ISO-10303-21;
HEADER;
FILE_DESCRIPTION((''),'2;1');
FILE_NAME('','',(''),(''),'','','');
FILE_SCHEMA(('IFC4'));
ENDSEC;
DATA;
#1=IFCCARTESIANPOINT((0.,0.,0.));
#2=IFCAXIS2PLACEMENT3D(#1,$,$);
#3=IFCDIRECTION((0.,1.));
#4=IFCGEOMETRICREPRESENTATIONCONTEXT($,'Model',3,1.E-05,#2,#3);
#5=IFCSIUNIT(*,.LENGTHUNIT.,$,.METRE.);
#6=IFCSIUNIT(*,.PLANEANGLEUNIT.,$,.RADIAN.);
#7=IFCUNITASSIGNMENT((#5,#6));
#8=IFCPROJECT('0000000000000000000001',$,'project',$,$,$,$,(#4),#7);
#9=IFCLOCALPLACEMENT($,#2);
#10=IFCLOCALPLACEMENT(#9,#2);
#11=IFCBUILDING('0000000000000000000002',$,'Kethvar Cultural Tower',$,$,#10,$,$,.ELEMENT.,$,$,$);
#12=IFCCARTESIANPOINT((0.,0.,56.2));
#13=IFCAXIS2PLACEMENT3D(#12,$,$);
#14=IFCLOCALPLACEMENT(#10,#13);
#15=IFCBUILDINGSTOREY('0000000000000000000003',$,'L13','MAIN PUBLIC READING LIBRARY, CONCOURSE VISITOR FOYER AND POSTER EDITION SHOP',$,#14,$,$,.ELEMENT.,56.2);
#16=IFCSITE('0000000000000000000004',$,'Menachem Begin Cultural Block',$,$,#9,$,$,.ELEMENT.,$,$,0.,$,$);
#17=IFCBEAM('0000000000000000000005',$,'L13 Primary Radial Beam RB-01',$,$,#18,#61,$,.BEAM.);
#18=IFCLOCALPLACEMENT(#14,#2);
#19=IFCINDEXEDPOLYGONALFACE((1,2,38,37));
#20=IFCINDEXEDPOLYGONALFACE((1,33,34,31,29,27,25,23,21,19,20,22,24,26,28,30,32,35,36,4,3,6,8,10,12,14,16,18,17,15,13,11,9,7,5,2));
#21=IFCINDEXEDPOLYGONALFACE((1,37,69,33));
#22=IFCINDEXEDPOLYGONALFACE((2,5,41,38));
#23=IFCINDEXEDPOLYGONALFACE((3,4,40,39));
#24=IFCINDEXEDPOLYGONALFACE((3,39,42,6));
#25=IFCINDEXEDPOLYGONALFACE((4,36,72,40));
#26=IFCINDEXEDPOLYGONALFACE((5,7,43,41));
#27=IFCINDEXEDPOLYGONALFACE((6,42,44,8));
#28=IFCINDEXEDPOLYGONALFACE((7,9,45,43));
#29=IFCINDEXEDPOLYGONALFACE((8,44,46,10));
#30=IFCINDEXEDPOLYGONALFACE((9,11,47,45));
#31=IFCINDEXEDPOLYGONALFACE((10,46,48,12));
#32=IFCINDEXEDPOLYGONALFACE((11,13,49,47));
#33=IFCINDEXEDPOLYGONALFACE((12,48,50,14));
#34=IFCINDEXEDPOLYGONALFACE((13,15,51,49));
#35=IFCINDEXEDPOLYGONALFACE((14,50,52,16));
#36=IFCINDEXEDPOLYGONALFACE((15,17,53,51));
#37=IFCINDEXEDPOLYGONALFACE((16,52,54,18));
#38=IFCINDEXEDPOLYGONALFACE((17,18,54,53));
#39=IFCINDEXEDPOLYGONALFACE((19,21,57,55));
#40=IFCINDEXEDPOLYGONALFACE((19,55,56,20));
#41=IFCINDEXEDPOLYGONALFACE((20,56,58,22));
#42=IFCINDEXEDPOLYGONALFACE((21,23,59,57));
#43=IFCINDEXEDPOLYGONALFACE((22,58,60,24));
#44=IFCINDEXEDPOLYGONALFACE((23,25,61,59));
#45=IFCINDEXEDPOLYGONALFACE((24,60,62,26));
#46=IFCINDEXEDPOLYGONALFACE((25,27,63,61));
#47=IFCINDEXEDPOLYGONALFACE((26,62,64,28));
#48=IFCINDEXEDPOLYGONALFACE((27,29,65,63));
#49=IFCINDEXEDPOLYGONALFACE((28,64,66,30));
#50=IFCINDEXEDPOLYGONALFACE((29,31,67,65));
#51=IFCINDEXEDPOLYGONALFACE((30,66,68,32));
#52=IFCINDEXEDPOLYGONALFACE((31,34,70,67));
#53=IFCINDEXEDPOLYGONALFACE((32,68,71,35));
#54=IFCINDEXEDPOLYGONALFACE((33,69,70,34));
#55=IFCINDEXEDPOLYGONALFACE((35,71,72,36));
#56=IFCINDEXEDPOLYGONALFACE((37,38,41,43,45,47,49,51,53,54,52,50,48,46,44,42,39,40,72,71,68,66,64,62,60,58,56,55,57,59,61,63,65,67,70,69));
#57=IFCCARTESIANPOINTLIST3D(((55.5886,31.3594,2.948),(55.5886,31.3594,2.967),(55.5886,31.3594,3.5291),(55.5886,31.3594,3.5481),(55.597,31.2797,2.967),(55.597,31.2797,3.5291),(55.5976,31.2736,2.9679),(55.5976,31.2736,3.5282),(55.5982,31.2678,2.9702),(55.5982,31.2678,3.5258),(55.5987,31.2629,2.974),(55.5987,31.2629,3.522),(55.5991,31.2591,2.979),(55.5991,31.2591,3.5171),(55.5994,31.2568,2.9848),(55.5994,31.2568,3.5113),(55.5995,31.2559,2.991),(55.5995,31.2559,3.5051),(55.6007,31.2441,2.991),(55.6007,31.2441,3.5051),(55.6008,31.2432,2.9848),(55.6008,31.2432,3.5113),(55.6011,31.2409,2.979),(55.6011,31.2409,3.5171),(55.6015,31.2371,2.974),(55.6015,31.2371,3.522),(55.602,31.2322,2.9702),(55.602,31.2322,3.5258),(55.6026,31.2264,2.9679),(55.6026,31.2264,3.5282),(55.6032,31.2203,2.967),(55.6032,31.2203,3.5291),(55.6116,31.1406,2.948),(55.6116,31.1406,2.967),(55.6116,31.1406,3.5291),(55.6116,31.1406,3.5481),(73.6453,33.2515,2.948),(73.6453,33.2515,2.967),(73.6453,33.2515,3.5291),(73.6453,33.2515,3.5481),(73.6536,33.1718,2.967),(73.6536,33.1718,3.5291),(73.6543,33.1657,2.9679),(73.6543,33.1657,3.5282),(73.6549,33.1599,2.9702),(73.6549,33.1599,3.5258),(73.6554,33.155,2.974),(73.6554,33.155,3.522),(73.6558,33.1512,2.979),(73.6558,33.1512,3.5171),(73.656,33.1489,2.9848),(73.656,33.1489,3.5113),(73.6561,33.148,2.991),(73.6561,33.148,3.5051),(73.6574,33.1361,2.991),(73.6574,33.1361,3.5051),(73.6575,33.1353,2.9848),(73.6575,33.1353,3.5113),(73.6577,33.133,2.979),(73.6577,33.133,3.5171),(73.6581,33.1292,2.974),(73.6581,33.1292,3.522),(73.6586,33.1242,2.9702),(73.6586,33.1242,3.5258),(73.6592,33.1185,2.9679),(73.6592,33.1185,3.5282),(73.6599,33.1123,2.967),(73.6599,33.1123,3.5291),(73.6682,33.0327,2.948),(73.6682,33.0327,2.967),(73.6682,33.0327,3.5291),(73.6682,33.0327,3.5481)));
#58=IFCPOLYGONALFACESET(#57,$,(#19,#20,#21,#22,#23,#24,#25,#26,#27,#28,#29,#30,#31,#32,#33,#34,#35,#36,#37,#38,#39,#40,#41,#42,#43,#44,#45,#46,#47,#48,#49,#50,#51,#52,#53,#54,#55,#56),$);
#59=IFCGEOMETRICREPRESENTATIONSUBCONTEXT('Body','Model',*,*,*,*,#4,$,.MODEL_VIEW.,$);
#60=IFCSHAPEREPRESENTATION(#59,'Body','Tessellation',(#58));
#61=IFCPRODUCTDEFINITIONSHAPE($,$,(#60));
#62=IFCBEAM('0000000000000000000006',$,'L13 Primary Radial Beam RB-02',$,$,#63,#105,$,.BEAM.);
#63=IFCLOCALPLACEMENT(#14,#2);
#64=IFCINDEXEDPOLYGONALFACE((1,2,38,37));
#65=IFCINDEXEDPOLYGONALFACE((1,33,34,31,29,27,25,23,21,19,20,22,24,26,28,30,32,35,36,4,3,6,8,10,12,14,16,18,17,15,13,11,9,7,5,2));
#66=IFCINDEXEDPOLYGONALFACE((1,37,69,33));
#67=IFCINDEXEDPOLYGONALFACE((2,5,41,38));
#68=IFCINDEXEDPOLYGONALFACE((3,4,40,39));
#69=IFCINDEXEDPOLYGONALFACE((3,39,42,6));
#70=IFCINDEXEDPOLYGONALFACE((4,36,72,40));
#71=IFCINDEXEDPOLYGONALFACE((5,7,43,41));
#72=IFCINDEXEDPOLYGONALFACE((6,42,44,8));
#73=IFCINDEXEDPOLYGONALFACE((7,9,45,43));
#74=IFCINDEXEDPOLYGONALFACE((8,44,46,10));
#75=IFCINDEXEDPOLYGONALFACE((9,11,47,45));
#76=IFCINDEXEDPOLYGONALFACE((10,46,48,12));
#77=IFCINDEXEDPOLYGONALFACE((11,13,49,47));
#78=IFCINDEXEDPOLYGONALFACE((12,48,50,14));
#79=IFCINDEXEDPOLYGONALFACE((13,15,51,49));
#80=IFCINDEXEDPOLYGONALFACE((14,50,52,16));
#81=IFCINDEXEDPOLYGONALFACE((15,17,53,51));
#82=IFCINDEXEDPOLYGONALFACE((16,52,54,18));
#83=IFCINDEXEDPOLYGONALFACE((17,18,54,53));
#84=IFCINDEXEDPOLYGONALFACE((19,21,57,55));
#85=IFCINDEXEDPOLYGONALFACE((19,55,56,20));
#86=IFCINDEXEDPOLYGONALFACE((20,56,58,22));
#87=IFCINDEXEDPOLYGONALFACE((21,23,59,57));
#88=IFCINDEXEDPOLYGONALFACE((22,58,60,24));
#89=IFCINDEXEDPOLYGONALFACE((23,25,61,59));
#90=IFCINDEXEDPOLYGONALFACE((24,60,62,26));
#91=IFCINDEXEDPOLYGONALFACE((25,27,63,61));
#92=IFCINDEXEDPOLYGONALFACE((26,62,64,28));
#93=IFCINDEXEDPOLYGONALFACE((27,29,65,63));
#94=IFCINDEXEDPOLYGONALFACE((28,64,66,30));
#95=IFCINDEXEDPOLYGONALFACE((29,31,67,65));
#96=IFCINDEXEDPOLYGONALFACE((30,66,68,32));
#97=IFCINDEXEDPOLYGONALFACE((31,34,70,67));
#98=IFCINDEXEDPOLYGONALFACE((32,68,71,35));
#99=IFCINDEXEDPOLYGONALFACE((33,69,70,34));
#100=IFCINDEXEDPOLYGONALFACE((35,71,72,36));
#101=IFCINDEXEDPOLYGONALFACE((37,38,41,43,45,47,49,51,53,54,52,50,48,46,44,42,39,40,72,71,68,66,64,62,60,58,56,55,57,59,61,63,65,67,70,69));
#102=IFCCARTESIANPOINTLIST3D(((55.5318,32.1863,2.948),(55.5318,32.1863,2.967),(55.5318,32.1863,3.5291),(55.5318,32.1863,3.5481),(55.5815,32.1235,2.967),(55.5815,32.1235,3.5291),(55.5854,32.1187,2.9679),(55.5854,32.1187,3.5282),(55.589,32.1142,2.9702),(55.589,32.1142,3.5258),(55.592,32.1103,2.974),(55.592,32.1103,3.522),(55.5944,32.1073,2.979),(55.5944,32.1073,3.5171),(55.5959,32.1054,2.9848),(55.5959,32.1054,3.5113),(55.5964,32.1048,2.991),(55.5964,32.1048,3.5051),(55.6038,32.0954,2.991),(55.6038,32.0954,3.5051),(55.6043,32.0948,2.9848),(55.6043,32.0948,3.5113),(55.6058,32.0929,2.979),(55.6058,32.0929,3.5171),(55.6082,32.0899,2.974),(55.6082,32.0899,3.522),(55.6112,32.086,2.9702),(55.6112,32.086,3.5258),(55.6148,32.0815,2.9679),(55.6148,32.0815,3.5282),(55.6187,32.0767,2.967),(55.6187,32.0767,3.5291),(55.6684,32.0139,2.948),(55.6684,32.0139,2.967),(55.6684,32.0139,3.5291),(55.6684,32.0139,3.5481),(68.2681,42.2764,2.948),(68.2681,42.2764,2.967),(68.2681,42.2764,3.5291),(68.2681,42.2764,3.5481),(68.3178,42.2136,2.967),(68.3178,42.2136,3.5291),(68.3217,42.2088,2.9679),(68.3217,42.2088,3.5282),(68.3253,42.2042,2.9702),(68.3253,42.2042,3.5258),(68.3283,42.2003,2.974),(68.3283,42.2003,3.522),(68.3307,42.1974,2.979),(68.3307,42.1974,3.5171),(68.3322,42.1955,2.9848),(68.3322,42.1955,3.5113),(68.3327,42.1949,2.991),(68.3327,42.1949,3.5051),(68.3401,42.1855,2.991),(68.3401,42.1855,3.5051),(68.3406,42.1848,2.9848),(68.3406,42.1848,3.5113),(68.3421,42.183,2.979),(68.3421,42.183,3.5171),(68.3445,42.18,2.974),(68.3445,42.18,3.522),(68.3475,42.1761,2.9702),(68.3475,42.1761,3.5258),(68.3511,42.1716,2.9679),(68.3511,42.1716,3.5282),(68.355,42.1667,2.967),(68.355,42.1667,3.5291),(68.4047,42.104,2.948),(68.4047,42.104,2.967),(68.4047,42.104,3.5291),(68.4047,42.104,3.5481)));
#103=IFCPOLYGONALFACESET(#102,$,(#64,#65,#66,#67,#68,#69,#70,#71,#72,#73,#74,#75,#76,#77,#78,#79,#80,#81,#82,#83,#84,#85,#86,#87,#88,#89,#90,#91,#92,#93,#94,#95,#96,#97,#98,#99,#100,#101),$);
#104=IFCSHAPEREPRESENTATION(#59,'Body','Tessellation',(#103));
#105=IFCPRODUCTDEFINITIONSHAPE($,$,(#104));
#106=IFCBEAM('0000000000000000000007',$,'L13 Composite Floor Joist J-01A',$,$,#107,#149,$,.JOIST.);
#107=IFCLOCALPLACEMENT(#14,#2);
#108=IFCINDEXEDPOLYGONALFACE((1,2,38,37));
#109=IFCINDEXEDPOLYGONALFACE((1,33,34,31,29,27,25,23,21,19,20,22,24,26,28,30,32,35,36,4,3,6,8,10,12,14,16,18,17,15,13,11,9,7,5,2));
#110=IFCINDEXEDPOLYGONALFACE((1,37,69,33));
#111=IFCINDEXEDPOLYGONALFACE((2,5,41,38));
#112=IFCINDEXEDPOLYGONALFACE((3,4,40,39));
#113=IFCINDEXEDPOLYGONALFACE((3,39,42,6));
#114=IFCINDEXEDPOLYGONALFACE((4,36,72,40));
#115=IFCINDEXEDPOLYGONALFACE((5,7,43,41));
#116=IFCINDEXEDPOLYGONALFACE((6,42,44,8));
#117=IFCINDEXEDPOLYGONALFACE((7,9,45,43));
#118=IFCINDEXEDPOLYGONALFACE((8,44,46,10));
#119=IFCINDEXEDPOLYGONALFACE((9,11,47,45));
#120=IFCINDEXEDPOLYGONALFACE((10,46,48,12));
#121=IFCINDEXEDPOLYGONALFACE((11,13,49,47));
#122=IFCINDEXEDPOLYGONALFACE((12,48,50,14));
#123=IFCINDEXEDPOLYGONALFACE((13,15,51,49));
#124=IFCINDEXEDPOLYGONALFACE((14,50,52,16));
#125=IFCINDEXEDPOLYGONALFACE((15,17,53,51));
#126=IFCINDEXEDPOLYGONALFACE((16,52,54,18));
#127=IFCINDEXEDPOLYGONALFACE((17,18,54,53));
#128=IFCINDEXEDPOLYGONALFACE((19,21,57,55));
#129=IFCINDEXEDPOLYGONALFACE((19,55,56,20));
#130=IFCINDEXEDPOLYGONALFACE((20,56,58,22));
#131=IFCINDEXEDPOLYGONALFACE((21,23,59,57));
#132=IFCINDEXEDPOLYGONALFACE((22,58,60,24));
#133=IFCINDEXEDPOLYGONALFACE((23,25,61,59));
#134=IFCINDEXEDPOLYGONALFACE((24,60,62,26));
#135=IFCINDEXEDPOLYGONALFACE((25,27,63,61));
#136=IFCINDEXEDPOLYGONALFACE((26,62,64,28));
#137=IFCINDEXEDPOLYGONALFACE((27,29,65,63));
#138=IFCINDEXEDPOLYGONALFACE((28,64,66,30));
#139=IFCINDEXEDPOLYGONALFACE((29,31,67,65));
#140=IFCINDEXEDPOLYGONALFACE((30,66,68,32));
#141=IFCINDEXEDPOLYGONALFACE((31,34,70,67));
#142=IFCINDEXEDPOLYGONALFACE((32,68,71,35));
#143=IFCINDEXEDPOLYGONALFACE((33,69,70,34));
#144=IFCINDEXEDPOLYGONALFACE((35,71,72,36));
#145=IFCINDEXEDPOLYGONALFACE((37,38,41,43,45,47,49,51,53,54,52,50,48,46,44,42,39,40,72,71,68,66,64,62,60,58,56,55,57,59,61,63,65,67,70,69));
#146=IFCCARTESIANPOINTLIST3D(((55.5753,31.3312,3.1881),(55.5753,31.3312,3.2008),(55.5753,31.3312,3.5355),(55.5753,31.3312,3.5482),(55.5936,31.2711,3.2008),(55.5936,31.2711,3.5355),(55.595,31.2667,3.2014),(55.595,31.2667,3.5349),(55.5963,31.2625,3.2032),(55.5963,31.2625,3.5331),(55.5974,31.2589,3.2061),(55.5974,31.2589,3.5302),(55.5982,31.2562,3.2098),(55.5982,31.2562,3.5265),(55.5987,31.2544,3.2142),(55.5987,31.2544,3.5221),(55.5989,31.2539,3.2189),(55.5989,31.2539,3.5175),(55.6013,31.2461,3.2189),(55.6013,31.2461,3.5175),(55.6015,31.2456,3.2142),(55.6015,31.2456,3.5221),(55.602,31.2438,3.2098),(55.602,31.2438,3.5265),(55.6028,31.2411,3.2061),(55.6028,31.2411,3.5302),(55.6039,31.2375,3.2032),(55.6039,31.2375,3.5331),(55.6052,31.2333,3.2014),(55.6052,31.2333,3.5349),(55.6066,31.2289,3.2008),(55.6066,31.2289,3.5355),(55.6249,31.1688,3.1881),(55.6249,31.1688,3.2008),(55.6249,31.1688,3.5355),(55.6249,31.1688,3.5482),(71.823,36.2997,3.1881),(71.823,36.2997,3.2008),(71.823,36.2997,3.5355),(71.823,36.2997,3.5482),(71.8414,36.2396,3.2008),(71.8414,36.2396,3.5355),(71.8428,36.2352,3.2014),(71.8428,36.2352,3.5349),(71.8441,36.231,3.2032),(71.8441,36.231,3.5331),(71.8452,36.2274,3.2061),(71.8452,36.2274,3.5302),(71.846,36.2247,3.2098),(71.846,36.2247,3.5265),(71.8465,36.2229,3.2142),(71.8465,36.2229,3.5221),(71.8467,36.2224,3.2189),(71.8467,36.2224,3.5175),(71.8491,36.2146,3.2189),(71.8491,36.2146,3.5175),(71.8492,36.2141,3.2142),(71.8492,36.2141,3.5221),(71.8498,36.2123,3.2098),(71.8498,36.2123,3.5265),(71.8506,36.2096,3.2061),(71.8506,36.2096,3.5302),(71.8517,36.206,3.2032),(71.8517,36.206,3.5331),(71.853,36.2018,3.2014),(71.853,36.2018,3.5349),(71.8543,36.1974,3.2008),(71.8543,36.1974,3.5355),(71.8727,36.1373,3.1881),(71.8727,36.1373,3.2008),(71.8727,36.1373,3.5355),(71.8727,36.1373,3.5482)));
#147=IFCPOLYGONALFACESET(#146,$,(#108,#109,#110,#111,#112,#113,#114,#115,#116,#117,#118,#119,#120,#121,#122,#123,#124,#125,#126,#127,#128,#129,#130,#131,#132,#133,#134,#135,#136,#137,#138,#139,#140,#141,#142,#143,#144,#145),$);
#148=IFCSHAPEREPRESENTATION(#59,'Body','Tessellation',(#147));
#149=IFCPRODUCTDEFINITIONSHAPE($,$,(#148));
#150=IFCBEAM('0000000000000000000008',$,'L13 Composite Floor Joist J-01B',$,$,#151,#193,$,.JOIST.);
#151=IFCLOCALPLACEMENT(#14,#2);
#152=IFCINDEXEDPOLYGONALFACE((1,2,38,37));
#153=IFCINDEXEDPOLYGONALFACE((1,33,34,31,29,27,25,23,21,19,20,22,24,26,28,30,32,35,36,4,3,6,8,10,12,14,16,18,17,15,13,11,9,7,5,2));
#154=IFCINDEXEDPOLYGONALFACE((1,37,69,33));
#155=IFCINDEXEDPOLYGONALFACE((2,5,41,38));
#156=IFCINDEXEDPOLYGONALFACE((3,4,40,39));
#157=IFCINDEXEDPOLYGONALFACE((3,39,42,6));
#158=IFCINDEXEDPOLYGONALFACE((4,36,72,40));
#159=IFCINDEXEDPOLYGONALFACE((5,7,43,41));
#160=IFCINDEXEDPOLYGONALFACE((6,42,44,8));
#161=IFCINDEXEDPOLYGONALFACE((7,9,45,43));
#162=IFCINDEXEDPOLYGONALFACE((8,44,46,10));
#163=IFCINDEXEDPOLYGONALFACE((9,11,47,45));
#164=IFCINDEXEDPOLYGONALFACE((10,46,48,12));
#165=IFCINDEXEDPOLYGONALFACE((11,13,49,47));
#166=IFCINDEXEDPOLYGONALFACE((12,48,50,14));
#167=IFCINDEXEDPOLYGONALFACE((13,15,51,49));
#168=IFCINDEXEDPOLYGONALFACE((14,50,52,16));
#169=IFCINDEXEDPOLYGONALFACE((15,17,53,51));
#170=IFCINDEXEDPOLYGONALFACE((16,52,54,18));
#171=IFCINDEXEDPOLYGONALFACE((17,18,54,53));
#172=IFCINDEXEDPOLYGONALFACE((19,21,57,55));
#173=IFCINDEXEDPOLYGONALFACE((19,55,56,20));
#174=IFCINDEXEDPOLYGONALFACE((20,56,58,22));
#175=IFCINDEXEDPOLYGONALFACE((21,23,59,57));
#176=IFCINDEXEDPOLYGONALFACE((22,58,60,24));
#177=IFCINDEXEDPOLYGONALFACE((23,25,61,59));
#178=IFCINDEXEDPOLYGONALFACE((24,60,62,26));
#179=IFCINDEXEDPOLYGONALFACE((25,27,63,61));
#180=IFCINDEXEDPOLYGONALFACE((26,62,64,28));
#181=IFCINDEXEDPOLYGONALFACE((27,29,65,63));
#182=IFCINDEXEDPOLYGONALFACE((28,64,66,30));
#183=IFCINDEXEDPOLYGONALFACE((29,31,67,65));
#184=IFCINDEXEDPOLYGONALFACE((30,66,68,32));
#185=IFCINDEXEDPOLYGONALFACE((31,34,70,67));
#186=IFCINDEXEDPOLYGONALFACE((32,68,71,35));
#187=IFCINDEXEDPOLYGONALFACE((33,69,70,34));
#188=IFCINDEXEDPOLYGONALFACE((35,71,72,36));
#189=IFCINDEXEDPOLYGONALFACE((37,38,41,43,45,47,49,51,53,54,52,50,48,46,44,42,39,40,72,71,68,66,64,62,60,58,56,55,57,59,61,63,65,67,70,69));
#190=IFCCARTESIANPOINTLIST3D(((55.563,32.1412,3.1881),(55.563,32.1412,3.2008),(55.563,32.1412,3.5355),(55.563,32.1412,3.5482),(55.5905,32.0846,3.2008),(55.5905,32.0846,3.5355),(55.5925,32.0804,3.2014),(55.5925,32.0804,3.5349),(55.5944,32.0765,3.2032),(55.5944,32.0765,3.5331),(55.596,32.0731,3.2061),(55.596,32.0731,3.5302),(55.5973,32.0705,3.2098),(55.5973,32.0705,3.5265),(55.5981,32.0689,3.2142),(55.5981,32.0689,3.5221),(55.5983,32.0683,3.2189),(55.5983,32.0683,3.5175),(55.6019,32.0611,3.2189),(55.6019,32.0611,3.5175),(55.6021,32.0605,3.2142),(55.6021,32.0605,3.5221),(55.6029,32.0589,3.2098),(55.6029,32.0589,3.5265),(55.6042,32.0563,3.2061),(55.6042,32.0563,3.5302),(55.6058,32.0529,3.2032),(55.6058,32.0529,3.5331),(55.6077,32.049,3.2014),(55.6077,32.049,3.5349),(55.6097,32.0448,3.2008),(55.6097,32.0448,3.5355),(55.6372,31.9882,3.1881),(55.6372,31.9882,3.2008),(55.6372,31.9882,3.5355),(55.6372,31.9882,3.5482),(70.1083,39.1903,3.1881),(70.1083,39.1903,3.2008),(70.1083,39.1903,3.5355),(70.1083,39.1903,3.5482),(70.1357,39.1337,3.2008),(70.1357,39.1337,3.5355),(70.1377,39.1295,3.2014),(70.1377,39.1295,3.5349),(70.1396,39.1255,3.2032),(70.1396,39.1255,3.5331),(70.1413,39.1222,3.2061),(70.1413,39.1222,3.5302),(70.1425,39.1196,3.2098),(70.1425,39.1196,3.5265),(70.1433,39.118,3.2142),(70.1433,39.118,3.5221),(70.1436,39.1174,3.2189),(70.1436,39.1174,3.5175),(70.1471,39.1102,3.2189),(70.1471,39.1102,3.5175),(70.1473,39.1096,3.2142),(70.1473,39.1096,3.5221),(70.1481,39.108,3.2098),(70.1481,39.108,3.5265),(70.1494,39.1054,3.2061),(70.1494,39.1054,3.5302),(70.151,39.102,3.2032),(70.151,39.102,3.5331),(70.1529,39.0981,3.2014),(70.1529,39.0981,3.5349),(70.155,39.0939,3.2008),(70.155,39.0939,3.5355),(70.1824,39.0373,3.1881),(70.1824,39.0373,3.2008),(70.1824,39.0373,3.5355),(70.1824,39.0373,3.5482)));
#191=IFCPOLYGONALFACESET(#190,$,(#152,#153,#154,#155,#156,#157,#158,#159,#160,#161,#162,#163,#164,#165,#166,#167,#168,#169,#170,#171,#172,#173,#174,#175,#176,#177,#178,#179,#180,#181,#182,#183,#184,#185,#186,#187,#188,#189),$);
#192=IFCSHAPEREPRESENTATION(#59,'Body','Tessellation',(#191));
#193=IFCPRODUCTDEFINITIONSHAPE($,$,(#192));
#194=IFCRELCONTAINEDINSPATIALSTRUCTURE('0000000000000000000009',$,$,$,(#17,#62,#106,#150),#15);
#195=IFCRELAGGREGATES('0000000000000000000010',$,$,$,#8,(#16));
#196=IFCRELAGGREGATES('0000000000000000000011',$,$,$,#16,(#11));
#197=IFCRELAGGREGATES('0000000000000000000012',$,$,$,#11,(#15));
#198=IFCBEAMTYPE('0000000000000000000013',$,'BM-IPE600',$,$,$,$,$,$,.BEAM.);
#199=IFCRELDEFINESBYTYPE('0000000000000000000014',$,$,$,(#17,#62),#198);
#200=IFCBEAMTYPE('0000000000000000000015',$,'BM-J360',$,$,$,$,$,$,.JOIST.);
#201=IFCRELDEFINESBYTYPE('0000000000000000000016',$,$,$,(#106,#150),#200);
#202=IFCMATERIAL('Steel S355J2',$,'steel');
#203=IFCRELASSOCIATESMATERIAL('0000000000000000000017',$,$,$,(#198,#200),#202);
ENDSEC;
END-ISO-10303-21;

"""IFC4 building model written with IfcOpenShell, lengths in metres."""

from ifc_helpers import new_model, si_unit, direction, frame, origin, origin_2d, place, context, subcontext, project, spatial, i_section, extrude, source, transform, mapped, material, material_profile, profile_set, type_object, element, save


model = new_model("IFC4")

# Units and contexts
model_context = context("Model", 3, precision=1e-05, world=origin(), true_north=direction((0.0, 1.0)))
body_context = subcontext(model_context, "Body", "Model", "MODEL_VIEW")
ifc_project = project(units=[si_unit("LENGTHUNIT", "METRE"), si_unit("PLANEANGLEUNIT", "RADIAN")], contexts=[model_context])

# Site, building, storey
site_placement = place(None, origin())
site = spatial("IfcSite", under=ifc_project, at=site_placement, Name="Menachem Begin Cultural Block", CompositionType="ELEMENT", RefElevation=0.0)
building_placement = place(site_placement, origin())
building = spatial("IfcBuilding", under=site, at=building_placement, Name="Kethvar Cultural Tower", CompositionType="ELEMENT")
storey_placement = place(building_placement, frame((0.0, 0.0, 56.2)))
storey = spatial("IfcBuildingStorey", under=building, at=storey_placement, Name="L13", Description="MAIN PUBLIC READING LIBRARY, CONCOURSE VISITOR FOYER AND POSTER EDITION SHOP", CompositionType="ELEMENT", Elevation=56.2)

# Beams
ifc_material_1 = material(Name="Steel S355J2", Category="steel")
ifc_material_profile_1 = material_profile(ifc_material_1, i_section(OverallWidth=0.22, OverallDepth=0.6001, WebThickness=0.012, FlangeThickness=0.019, FilletRadius=0.0239, at=origin_2d()), Name="Steel S355J2 — IPE600")
ifc_profile_set_1 = profile_set([ifc_material_profile_1], Name="Steel S355J2 — IPE600")
beam_type_1 = type_object("IfcBeamType", Name="BM-IPE600", PredefinedType="BEAM", material=ifc_profile_set_1)
shared_shape_1 = source(origin(), body_context, "Body", "SweptSolid", [
    extrude(i_section(OverallWidth=0.22, OverallDepth=0.6001, WebThickness=0.012, FlangeThickness=0.019, FilletRadius=0.0239, at=origin_2d()), origin(), (0.0, 0.0, 1.0), 18.1555),
])
beam_1_placement = place(storey_placement, frame((55.6001, 31.25, 3.248), z_axis=(0.994555, 0.104216, 0.0), x_axis=(-0.104216, 0.994555, 0.0)))
element("IfcBeam", 1, at=beam_1_placement, inside=storey, type_object=beam_type_1, Name="L13 Primary Radial Beam RB-01", PredefinedType="BEAM", context=body_context, shape_type="MappedRepresentation", body=[
    mapped(shared_shape_1, transform((0.0, 0.0, 0.0), scale=1.0)),
])
shared_shape_2 = source(origin(), body_context, "Body", "SweptSolid", [
    extrude(i_section(OverallWidth=0.22, OverallDepth=0.6001, WebThickness=0.012, FlangeThickness=0.019, FilletRadius=0.0239, at=origin_2d()), origin(), (0.0, 0.0, 1.0), 16.2488),
])
beam_2_placement = place(storey_placement, frame((55.6001, 32.1001, 3.248), z_axis=(0.783831, 0.620974, 0.0), x_axis=(-0.620974, 0.783831, 0.0)))
element("IfcBeam", 2, at=beam_2_placement, inside=storey, type_object=beam_type_1, Name="L13 Primary Radial Beam RB-02", PredefinedType="BEAM", context=body_context, shape_type="MappedRepresentation", body=[
    mapped(shared_shape_2, transform((0.0, 0.0, 0.0), scale=1.0)),
])
ifc_material_profile_2 = material_profile(ifc_material_1, i_section(OverallWidth=0.1699, OverallDepth=0.3601, WebThickness=0.0081, FlangeThickness=0.0127, FilletRadius=0.0181, at=origin_2d()), Name="Steel S355J2 — IPE360")
ifc_profile_set_2 = profile_set([ifc_material_profile_2], Name="Steel S355J2 — IPE360")
beam_type_2 = type_object("IfcBeamType", Name="BM-J360", PredefinedType="JOIST", material=ifc_profile_set_2)
shared_shape_3 = source(origin(), body_context, "Body", "SweptSolid", [
    extrude(i_section(OverallWidth=0.1699, OverallDepth=0.3601, WebThickness=0.0081, FlangeThickness=0.0127, FilletRadius=0.0181, at=origin_2d()), origin(), (0.0, 0.0, 1.0), 16.9905),
])
beam_3_placement = place(storey_placement, frame((55.6001, 31.25, 3.3682), z_axis=(0.956287, 0.292428, 0.0), x_axis=(-0.292428, 0.956287, 0.0)))
element("IfcBeam", 3, at=beam_3_placement, inside=storey, type_object=beam_type_2, Name="L13 Composite Floor Joist J-01A", PredefinedType="JOIST", context=body_context, shape_type="MappedRepresentation", body=[
    mapped(shared_shape_3, transform((0.0, 0.0, 0.0), scale=1.0)),
])
shared_shape_4 = source(origin(), body_context, "Body", "SweptSolid", [
    extrude(i_section(OverallWidth=0.1699, OverallDepth=0.3601, WebThickness=0.0081, FlangeThickness=0.0127, FilletRadius=0.0181, at=origin_2d()), origin(), (0.0, 0.0, 1.0), 16.1633),
])
beam_4_placement = place(storey_placement, frame((55.6001, 32.0647, 3.3682), z_axis=(0.89989, 0.436117, 0.0), x_axis=(-0.436117, 0.89989, 0.0)))
element("IfcBeam", 4, at=beam_4_placement, inside=storey, type_object=beam_type_2, Name="L13 Composite Floor Joist J-01B", PredefinedType="JOIST", context=body_context, shape_type="MappedRepresentation", body=[
    mapped(shared_shape_4, transform((0.0, 0.0, 0.0), scale=1.0)),
])

save(model, "model.ifc")
